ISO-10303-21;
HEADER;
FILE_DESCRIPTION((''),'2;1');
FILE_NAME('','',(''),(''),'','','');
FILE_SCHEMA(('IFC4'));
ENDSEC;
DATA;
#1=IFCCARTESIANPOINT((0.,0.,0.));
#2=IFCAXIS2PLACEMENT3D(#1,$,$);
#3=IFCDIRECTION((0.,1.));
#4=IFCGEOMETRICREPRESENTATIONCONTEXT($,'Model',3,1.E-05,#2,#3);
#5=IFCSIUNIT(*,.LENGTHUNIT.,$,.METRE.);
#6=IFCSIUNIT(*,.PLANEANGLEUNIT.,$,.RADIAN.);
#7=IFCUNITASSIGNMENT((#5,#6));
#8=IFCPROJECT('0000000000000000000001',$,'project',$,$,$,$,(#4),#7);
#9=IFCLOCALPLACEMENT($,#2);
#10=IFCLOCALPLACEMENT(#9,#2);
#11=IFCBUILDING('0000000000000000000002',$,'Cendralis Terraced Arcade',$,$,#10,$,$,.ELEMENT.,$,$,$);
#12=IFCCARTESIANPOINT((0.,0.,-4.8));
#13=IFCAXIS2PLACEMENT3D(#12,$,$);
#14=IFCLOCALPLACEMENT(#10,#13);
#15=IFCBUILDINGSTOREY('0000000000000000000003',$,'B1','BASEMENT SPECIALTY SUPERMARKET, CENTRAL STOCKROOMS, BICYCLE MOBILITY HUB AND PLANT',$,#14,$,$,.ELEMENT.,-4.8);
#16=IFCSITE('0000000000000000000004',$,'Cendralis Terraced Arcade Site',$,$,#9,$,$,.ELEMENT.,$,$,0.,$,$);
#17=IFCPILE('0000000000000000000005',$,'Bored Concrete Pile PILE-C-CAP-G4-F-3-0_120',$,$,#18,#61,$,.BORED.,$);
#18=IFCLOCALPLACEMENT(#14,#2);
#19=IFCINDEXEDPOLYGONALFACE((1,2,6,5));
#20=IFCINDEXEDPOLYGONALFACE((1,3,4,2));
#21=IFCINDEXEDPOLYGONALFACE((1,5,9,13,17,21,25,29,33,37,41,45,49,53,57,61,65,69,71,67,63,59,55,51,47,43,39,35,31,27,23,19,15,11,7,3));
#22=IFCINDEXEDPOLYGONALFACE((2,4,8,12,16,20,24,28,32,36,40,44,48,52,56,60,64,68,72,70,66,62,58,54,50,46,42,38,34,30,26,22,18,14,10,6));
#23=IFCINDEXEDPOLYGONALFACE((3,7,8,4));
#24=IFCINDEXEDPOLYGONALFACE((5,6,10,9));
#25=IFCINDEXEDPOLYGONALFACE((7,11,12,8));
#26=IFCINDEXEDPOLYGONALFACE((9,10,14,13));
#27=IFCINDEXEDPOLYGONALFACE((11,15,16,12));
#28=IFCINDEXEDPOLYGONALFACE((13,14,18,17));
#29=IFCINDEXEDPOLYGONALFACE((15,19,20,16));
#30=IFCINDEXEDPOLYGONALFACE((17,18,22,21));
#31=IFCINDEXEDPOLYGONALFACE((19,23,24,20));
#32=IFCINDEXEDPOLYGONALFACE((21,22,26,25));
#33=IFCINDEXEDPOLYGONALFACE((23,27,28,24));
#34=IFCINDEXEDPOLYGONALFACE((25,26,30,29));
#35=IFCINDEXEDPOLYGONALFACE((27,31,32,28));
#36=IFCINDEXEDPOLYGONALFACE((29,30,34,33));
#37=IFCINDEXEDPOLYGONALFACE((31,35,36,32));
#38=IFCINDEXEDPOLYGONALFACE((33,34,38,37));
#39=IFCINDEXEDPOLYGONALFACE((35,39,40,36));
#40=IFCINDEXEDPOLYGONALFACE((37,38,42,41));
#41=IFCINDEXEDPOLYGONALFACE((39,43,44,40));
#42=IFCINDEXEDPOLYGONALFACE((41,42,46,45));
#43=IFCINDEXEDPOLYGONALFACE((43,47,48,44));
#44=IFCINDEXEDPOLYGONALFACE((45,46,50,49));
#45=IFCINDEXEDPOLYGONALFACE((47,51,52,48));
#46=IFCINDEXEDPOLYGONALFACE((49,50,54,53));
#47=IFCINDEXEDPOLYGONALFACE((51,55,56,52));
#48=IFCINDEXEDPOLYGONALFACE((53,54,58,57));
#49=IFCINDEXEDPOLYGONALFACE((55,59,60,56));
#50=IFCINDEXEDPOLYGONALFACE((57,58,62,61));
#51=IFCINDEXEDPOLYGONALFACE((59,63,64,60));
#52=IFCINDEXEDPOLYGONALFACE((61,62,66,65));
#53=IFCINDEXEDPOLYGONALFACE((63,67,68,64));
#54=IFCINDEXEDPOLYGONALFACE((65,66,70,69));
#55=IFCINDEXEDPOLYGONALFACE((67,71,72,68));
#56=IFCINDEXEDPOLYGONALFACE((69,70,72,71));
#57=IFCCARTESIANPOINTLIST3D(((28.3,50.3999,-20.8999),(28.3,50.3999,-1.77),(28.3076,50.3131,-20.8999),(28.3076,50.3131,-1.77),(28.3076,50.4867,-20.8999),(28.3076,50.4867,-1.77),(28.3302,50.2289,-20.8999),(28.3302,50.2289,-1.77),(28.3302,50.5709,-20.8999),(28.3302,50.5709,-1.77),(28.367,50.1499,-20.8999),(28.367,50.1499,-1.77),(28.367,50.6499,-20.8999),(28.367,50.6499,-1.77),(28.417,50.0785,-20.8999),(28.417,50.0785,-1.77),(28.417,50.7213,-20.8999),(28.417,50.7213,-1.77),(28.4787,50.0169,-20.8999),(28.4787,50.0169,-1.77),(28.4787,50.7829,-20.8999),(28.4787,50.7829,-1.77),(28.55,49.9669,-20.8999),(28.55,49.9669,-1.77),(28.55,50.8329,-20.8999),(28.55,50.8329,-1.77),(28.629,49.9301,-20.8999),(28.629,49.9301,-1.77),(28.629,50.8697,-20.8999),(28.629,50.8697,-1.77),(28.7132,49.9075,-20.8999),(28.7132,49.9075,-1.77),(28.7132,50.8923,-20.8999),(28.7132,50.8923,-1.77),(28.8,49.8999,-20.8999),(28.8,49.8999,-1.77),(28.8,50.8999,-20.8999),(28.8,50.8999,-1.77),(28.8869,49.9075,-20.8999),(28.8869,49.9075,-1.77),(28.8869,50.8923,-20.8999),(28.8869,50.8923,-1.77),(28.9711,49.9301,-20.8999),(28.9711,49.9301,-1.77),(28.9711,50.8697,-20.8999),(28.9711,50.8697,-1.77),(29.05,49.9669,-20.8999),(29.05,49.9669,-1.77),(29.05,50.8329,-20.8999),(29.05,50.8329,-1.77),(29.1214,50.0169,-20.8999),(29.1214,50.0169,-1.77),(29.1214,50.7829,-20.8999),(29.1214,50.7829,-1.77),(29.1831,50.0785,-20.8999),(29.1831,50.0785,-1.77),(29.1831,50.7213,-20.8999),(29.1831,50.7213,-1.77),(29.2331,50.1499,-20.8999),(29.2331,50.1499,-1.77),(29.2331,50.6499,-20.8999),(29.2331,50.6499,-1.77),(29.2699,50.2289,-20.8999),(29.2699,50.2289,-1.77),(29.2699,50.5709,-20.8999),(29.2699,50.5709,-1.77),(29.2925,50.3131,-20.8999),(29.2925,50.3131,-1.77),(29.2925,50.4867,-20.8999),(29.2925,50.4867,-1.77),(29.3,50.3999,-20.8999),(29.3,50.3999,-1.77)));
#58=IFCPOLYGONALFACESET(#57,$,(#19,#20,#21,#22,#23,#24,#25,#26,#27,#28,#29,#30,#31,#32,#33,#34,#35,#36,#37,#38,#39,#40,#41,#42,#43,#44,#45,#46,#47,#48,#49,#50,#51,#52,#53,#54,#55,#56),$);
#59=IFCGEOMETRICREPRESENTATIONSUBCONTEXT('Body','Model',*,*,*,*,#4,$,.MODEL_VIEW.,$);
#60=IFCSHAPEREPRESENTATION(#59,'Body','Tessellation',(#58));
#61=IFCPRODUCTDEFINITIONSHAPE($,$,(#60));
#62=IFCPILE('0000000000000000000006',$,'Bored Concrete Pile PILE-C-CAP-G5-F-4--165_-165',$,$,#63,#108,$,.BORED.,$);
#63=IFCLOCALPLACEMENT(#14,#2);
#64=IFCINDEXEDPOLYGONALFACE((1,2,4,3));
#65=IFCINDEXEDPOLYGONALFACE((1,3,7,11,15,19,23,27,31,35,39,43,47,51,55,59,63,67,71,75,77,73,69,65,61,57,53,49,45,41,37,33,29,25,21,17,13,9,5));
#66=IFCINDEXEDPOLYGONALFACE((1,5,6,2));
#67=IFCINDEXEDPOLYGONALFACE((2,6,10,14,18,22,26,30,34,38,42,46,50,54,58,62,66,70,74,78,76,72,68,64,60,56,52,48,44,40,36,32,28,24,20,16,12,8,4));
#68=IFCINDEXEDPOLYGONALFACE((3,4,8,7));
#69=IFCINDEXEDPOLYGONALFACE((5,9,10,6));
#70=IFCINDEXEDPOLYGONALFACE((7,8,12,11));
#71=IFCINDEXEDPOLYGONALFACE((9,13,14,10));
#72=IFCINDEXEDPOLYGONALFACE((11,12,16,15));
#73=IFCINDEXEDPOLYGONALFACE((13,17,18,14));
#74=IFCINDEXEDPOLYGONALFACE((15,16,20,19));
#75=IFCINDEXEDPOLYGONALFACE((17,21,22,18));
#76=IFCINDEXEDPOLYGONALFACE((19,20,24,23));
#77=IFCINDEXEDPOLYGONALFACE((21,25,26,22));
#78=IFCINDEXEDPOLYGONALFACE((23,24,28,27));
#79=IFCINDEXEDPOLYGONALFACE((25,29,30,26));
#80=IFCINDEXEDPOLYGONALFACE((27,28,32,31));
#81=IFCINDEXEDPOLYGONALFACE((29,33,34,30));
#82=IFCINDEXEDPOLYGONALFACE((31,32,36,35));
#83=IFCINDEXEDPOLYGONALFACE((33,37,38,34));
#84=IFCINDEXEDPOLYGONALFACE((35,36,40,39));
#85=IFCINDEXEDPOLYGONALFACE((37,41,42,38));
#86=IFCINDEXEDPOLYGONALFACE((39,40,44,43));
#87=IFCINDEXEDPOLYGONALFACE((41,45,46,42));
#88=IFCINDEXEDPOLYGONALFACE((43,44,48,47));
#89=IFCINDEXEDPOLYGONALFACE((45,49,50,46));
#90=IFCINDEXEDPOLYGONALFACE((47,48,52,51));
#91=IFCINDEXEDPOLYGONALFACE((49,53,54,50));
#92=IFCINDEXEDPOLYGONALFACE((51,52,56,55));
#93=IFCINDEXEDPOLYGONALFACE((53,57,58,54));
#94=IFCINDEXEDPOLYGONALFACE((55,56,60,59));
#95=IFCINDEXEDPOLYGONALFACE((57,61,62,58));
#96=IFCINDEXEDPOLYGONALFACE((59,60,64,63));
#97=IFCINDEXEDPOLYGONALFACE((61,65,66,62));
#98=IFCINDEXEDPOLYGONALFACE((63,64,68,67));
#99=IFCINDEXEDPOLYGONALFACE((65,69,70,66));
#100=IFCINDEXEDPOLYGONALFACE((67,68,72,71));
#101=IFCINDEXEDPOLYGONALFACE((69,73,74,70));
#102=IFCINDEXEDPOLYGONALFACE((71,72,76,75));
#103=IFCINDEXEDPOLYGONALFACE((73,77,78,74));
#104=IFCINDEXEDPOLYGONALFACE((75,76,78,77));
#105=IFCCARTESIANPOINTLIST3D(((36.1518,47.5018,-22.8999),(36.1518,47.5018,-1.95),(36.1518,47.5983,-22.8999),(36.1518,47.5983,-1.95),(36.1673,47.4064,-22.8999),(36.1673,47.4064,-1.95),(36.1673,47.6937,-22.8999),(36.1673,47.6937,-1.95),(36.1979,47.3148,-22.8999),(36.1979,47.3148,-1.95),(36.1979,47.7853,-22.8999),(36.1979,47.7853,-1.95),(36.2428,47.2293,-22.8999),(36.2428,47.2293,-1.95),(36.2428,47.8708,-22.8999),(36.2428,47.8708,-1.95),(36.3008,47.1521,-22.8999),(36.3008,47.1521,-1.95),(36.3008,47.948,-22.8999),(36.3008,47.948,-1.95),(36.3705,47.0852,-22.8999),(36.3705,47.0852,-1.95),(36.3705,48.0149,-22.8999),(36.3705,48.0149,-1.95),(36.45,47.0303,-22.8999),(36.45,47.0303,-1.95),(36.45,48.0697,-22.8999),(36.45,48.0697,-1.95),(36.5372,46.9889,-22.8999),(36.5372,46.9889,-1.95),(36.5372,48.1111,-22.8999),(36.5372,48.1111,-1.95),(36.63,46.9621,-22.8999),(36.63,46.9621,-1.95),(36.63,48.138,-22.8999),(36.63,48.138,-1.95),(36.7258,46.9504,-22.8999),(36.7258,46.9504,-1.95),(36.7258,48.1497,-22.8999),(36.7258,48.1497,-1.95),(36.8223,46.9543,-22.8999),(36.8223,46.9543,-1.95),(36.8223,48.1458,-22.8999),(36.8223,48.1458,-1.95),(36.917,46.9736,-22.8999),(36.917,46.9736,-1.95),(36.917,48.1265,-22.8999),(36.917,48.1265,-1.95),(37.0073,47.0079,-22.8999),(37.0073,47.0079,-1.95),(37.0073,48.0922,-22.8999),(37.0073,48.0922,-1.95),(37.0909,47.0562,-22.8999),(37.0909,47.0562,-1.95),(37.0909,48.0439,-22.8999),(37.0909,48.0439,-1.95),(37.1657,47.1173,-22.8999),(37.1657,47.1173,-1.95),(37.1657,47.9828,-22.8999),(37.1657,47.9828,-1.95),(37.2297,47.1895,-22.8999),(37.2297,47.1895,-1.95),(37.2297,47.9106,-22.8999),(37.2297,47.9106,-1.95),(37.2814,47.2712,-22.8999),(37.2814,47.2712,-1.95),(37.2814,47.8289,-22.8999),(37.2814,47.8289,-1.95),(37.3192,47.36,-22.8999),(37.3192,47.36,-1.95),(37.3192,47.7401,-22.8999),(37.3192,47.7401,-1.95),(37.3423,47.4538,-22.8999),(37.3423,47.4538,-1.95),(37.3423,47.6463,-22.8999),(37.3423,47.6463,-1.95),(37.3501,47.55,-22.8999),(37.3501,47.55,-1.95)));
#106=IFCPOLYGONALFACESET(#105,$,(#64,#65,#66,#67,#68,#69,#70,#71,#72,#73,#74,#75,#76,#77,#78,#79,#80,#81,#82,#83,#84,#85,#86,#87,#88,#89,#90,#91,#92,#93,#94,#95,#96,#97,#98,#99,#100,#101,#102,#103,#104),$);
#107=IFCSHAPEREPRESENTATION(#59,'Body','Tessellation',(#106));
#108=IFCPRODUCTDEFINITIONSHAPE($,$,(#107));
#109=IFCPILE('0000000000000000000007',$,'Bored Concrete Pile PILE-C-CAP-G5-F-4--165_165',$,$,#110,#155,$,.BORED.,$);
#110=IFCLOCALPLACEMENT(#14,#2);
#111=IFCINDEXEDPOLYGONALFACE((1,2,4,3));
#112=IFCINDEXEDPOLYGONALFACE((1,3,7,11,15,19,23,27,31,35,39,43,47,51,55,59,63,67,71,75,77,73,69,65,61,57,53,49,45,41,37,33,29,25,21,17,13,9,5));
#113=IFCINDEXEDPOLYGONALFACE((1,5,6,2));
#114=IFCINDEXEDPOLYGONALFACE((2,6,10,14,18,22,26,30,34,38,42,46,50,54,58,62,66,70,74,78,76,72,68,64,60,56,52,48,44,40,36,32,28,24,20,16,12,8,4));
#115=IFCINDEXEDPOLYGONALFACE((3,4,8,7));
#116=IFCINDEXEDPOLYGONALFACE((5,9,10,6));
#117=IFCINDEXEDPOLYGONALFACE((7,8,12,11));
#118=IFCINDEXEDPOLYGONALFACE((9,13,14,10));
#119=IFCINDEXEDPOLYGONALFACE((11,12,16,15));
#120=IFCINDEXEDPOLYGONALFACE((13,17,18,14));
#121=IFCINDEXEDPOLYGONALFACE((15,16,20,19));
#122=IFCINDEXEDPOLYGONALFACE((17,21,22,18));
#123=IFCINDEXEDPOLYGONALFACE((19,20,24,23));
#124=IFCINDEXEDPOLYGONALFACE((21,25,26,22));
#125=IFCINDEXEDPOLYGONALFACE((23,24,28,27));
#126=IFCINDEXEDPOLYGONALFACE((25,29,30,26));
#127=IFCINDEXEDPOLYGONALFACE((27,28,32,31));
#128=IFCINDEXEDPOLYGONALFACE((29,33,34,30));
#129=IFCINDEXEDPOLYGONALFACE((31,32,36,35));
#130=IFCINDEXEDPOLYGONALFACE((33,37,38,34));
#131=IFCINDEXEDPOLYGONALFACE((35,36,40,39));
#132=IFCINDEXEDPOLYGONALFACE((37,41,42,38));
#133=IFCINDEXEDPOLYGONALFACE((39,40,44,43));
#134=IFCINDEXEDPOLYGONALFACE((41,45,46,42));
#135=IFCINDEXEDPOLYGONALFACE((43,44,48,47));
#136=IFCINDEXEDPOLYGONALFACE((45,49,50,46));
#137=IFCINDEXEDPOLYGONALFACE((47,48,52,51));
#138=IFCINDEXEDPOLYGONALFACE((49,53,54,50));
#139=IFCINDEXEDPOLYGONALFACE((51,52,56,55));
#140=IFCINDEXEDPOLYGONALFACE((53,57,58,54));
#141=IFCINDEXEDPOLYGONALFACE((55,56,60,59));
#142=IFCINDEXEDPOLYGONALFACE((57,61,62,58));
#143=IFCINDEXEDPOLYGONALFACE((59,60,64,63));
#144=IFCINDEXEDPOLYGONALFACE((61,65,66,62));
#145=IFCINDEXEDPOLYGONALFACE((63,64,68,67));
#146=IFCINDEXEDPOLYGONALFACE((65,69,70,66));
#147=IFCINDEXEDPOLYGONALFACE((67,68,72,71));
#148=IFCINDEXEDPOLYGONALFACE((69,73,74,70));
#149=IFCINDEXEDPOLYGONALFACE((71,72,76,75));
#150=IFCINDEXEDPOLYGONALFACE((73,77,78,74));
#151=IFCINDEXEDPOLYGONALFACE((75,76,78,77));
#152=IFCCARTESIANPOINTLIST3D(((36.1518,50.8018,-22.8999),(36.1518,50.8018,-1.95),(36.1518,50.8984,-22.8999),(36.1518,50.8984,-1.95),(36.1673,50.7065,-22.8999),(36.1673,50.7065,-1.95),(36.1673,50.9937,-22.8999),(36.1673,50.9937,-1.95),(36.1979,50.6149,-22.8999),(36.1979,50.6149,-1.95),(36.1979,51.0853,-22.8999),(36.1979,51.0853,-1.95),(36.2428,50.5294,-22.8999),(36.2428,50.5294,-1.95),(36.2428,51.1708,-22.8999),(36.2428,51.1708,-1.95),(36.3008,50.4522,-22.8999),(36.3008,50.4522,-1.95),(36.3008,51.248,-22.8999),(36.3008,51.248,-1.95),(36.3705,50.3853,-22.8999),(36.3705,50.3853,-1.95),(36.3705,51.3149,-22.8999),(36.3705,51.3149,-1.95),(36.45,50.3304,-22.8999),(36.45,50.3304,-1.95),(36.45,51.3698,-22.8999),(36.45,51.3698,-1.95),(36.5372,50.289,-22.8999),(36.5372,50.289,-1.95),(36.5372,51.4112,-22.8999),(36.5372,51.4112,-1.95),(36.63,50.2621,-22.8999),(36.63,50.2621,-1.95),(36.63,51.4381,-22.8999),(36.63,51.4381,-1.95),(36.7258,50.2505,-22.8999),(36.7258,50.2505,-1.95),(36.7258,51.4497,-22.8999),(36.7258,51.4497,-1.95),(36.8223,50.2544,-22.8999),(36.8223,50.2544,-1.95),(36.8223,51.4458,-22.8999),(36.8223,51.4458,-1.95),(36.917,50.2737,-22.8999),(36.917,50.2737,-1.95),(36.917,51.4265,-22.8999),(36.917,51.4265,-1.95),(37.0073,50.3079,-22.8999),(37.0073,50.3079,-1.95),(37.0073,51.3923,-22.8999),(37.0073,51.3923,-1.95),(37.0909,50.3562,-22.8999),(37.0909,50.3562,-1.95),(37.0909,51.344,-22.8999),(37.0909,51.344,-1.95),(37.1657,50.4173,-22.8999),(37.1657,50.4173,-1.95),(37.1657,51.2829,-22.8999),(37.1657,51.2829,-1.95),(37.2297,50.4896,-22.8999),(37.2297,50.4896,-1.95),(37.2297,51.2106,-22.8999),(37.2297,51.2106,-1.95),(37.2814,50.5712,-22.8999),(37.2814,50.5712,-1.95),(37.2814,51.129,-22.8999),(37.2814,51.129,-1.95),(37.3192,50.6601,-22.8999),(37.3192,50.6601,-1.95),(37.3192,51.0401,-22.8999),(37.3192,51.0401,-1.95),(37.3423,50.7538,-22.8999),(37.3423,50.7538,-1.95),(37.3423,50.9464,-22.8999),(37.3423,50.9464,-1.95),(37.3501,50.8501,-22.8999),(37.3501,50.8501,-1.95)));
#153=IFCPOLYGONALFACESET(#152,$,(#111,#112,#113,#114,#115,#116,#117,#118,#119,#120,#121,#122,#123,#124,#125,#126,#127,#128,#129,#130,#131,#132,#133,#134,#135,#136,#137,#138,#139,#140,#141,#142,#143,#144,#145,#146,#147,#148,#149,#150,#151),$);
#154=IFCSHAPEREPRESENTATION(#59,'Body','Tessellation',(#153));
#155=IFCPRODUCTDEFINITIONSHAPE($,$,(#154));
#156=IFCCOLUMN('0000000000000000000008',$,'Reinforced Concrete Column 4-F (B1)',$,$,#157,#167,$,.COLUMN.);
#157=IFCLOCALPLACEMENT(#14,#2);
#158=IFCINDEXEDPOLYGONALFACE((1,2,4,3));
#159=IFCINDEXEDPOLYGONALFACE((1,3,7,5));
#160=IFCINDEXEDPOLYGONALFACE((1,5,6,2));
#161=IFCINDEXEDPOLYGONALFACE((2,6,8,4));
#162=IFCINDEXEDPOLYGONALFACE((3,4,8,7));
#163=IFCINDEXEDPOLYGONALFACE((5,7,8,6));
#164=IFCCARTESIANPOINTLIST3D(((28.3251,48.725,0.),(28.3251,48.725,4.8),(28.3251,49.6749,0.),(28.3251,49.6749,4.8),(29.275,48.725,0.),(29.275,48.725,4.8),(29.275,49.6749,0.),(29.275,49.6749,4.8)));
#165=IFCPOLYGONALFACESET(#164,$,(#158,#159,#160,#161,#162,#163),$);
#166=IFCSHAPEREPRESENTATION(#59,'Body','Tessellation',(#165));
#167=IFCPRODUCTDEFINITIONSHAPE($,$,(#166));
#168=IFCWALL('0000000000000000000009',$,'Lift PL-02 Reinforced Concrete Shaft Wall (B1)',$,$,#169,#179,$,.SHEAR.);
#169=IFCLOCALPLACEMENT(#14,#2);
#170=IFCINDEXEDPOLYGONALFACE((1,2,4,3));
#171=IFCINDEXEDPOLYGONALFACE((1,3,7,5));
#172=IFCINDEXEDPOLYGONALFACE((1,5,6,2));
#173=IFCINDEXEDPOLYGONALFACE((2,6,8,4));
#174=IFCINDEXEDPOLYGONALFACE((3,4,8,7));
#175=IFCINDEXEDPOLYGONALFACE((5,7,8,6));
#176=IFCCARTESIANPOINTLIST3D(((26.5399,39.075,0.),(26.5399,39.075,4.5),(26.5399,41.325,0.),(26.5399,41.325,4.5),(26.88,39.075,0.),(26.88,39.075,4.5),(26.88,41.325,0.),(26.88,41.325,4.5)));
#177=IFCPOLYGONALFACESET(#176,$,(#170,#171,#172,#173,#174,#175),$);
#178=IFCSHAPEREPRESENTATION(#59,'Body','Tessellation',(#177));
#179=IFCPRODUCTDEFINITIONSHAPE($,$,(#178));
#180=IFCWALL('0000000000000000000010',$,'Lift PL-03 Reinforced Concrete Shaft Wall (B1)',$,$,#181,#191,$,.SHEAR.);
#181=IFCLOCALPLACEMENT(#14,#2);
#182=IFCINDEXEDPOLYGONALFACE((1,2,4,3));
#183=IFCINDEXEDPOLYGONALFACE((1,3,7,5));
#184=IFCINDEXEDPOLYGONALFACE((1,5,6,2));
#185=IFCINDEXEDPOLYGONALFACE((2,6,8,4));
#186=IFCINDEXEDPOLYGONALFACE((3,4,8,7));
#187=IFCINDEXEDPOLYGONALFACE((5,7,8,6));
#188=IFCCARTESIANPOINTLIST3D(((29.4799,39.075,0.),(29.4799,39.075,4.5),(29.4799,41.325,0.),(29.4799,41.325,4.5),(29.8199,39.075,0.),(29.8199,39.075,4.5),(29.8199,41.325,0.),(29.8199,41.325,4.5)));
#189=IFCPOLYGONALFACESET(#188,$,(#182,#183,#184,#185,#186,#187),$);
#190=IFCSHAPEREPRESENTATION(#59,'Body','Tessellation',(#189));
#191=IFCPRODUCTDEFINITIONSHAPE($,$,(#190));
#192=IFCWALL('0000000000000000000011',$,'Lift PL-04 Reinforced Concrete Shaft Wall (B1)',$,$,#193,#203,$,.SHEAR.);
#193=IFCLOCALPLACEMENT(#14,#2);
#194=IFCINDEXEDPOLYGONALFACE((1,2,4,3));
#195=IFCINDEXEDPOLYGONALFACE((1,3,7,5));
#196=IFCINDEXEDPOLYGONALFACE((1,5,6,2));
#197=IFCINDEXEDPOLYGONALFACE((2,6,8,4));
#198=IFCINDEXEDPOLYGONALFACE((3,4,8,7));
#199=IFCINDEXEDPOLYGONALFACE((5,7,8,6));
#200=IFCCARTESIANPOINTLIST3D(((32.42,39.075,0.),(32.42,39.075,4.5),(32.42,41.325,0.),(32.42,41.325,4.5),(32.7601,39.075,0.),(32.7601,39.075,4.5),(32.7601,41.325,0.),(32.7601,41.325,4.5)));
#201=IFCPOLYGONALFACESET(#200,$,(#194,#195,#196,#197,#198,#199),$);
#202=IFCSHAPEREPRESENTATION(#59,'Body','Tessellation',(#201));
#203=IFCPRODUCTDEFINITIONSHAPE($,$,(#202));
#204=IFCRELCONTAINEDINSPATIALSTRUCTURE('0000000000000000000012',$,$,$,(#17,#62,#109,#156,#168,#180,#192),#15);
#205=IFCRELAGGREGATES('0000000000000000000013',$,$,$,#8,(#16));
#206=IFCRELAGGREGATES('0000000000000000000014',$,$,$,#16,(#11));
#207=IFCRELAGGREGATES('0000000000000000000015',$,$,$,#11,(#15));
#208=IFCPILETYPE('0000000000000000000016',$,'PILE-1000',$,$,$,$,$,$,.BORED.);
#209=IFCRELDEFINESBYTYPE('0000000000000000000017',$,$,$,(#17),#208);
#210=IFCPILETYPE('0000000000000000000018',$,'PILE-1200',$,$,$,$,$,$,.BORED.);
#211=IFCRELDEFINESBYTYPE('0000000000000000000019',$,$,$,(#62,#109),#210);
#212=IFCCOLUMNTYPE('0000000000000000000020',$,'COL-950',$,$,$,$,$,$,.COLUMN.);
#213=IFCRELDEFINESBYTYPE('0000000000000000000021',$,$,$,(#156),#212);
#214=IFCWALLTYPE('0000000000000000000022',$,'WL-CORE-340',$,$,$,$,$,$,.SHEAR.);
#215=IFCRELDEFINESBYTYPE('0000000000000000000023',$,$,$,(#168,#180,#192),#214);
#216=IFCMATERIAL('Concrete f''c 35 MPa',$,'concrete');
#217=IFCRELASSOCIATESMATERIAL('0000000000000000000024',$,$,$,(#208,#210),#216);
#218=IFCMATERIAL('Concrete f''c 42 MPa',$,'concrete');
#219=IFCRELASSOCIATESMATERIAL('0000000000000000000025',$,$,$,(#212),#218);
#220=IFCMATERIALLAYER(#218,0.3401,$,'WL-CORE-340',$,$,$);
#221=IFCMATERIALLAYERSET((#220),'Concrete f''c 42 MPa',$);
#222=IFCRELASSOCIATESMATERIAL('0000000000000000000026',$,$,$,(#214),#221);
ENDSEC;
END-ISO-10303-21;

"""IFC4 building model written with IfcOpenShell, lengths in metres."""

from ifc_helpers import new_model, si_unit, direction, frame, frame_2d, origin, origin_2d, place, context, subcontext, project, spatial, rectangle, circle, extrude, material, layer, layer_set, material_profile, profile_set, type_object, element, save


model = new_model("IFC4")

# Units and contexts
model_context = context("Model", 3, precision=1e-05, world=origin(), true_north=direction((0.0, 1.0)))
body_context = subcontext(model_context, "Body", "Model", "MODEL_VIEW")
ifc_project = project(units=[si_unit("LENGTHUNIT", "METRE"), si_unit("PLANEANGLEUNIT", "RADIAN")], contexts=[model_context])

# Site, building, storey
site_placement = place(None, origin())
site = spatial("IfcSite", under=ifc_project, at=site_placement, Name="Cendralis Terraced Arcade Site", CompositionType="ELEMENT", RefElevation=0.0)
building_placement = place(site_placement, origin())
building = spatial("IfcBuilding", under=site, at=building_placement, Name="Cendralis Terraced Arcade", CompositionType="ELEMENT")
storey_placement = place(building_placement, frame((0.0, 0.0, -4.8)))
storey = spatial("IfcBuildingStorey", under=building, at=storey_placement, Name="B1", Description="BASEMENT SPECIALTY SUPERMARKET, CENTRAL STOCKROOMS, BICYCLE MOBILITY HUB AND PLANT", CompositionType="ELEMENT", Elevation=-4.8)

# Shared definitions
ifc_material_1 = material(Name="Concrete f'c 35 MPa", Category="concrete")

# Piles
ifc_material_profile_1 = material_profile(ifc_material_1, circle(Radius=0.5, at=origin_2d()), Name="PILE-D1000", Category="LoadBearing")
ifc_profile_set_1 = profile_set([ifc_material_profile_1], Name="Concrete f'c 35 MPa")
pile_type_1 = type_object("IfcPileType", Name="PILE-1000", PredefinedType="BORED", material=ifc_profile_set_1)
for number, where, z_axis, x_axis, name in (
    (1, (28.8, 50.3999, -1.77), (0.0, 0.0, -1.0), (1.0, 0.0, 0.0), "Bored Concrete Pile PILE-C-CAP-G4-F-3-0_120"),
):
    element("IfcPile", number, at=place(storey_placement, frame(where, z_axis=z_axis, x_axis=x_axis)), inside=storey, type_object=pile_type_1, Name=name, PredefinedType="BORED", context=body_context, shape_type="SweptSolid", body=[
        extrude(circle(Radius=0.5, at=origin_2d()), origin(), (0.0, 0.0, 1.0), 19.1299),
    ])
ifc_material_profile_2 = material_profile(ifc_material_1, circle(Radius=0.6001, at=origin_2d()), Name="PILE-D1200", Category="LoadBearing")
ifc_profile_set_2 = profile_set([ifc_material_profile_2], Name="Concrete f'c 35 MPa")
pile_type_2 = type_object("IfcPileType", Name="PILE-1200", PredefinedType="BORED", material=ifc_profile_set_2)
for number, where, z_axis, x_axis, name in (
    (2, (36.75, 47.55, -1.95), (0.0, 0.0, -1.0), (1.0, 0.0, 0.0), "Bored Concrete Pile PILE-C-CAP-G5-F-4--165_-165"),
    (3, (36.75, 50.8501, -1.95), (0.0, 0.0, -1.0), (1.0, 0.0, 0.0), "Bored Concrete Pile PILE-C-CAP-G5-F-4--165_165"),
):
    element("IfcPile", number, at=place(storey_placement, frame(where, z_axis=z_axis, x_axis=x_axis)), inside=storey, type_object=pile_type_2, Name=name, PredefinedType="BORED", context=body_context, shape_type="SweptSolid", body=[
        extrude(circle(Radius=0.6001, at=origin_2d()), origin(), (0.0, 0.0, 1.0), 20.95),
    ])

# Column
ifc_material_2 = material(Name="Concrete f'c 42 MPa", Category="concrete")
ifc_material_profile_3 = material_profile(ifc_material_2, rectangle(XDim=0.95, YDim=0.95, at=origin_2d()), Name="RC-COL-950x950", Category="LoadBearing")
ifc_profile_set_3 = profile_set([ifc_material_profile_3], Name="Concrete f'c 42 MPa")
column_type = type_object("IfcColumnType", Name="COL-950", PredefinedType="COLUMN", material=ifc_profile_set_3)
column_placement = place(storey_placement, frame((28.8, 49.2, 0.0), z_axis=(0.0, 0.0, 1.0), x_axis=(1.0, 0.0, 0.0)))
element("IfcColumn", 4, at=column_placement, inside=storey, type_object=column_type, Name="Reinforced Concrete Column 4-F (B1)", PredefinedType="COLUMN", context=body_context, shape_type="SweptSolid", body=[
    extrude(rectangle(XDim=0.95, YDim=0.95, at=origin_2d()), origin(), (0.0, 0.0, 1.0), 4.8),
])

# Walls
ifc_layer_1 = layer(ifc_material_2, 0.3401, Name="WL-CORE-340")
ifc_layer_set_1 = layer_set([ifc_layer_1], Name="Concrete f'c 42 MPa")
wall_type_1 = type_object("IfcWallType", Name="WL-CORE-340", PredefinedType="SHEAR", material=ifc_layer_set_1)
for number, where, z_axis, x_axis, name in (
    (5, (26.71, 39.075, 0.0), (0.0, 0.0, 1.0), (0.0, 1.0, 0.0), "Lift PL-02 Reinforced Concrete Shaft Wall (B1)"),
    (6, (29.6499, 39.075, 0.0), (0.0, 0.0, 1.0), (0.0, 1.0, 0.0), "Lift PL-03 Reinforced Concrete Shaft Wall (B1)"),
    (7, (32.5901, 39.075, 0.0), (0.0, 0.0, 1.0), (0.0, 1.0, 0.0), "Lift PL-04 Reinforced Concrete Shaft Wall (B1)"),
):
    element("IfcWall", number, at=place(storey_placement, frame(where, z_axis=z_axis, x_axis=x_axis)), inside=storey, type_object=wall_type_1, Name=name, PredefinedType="SHEAR", context=body_context, shape_type="SweptSolid", body=[
        extrude(rectangle(XDim=2.25, YDim=0.3401, at=frame_2d((1.125, 0.0))), origin(), (0.0, 0.0, 1.0), 4.5),
    ])

save(model, "model.ifc")
